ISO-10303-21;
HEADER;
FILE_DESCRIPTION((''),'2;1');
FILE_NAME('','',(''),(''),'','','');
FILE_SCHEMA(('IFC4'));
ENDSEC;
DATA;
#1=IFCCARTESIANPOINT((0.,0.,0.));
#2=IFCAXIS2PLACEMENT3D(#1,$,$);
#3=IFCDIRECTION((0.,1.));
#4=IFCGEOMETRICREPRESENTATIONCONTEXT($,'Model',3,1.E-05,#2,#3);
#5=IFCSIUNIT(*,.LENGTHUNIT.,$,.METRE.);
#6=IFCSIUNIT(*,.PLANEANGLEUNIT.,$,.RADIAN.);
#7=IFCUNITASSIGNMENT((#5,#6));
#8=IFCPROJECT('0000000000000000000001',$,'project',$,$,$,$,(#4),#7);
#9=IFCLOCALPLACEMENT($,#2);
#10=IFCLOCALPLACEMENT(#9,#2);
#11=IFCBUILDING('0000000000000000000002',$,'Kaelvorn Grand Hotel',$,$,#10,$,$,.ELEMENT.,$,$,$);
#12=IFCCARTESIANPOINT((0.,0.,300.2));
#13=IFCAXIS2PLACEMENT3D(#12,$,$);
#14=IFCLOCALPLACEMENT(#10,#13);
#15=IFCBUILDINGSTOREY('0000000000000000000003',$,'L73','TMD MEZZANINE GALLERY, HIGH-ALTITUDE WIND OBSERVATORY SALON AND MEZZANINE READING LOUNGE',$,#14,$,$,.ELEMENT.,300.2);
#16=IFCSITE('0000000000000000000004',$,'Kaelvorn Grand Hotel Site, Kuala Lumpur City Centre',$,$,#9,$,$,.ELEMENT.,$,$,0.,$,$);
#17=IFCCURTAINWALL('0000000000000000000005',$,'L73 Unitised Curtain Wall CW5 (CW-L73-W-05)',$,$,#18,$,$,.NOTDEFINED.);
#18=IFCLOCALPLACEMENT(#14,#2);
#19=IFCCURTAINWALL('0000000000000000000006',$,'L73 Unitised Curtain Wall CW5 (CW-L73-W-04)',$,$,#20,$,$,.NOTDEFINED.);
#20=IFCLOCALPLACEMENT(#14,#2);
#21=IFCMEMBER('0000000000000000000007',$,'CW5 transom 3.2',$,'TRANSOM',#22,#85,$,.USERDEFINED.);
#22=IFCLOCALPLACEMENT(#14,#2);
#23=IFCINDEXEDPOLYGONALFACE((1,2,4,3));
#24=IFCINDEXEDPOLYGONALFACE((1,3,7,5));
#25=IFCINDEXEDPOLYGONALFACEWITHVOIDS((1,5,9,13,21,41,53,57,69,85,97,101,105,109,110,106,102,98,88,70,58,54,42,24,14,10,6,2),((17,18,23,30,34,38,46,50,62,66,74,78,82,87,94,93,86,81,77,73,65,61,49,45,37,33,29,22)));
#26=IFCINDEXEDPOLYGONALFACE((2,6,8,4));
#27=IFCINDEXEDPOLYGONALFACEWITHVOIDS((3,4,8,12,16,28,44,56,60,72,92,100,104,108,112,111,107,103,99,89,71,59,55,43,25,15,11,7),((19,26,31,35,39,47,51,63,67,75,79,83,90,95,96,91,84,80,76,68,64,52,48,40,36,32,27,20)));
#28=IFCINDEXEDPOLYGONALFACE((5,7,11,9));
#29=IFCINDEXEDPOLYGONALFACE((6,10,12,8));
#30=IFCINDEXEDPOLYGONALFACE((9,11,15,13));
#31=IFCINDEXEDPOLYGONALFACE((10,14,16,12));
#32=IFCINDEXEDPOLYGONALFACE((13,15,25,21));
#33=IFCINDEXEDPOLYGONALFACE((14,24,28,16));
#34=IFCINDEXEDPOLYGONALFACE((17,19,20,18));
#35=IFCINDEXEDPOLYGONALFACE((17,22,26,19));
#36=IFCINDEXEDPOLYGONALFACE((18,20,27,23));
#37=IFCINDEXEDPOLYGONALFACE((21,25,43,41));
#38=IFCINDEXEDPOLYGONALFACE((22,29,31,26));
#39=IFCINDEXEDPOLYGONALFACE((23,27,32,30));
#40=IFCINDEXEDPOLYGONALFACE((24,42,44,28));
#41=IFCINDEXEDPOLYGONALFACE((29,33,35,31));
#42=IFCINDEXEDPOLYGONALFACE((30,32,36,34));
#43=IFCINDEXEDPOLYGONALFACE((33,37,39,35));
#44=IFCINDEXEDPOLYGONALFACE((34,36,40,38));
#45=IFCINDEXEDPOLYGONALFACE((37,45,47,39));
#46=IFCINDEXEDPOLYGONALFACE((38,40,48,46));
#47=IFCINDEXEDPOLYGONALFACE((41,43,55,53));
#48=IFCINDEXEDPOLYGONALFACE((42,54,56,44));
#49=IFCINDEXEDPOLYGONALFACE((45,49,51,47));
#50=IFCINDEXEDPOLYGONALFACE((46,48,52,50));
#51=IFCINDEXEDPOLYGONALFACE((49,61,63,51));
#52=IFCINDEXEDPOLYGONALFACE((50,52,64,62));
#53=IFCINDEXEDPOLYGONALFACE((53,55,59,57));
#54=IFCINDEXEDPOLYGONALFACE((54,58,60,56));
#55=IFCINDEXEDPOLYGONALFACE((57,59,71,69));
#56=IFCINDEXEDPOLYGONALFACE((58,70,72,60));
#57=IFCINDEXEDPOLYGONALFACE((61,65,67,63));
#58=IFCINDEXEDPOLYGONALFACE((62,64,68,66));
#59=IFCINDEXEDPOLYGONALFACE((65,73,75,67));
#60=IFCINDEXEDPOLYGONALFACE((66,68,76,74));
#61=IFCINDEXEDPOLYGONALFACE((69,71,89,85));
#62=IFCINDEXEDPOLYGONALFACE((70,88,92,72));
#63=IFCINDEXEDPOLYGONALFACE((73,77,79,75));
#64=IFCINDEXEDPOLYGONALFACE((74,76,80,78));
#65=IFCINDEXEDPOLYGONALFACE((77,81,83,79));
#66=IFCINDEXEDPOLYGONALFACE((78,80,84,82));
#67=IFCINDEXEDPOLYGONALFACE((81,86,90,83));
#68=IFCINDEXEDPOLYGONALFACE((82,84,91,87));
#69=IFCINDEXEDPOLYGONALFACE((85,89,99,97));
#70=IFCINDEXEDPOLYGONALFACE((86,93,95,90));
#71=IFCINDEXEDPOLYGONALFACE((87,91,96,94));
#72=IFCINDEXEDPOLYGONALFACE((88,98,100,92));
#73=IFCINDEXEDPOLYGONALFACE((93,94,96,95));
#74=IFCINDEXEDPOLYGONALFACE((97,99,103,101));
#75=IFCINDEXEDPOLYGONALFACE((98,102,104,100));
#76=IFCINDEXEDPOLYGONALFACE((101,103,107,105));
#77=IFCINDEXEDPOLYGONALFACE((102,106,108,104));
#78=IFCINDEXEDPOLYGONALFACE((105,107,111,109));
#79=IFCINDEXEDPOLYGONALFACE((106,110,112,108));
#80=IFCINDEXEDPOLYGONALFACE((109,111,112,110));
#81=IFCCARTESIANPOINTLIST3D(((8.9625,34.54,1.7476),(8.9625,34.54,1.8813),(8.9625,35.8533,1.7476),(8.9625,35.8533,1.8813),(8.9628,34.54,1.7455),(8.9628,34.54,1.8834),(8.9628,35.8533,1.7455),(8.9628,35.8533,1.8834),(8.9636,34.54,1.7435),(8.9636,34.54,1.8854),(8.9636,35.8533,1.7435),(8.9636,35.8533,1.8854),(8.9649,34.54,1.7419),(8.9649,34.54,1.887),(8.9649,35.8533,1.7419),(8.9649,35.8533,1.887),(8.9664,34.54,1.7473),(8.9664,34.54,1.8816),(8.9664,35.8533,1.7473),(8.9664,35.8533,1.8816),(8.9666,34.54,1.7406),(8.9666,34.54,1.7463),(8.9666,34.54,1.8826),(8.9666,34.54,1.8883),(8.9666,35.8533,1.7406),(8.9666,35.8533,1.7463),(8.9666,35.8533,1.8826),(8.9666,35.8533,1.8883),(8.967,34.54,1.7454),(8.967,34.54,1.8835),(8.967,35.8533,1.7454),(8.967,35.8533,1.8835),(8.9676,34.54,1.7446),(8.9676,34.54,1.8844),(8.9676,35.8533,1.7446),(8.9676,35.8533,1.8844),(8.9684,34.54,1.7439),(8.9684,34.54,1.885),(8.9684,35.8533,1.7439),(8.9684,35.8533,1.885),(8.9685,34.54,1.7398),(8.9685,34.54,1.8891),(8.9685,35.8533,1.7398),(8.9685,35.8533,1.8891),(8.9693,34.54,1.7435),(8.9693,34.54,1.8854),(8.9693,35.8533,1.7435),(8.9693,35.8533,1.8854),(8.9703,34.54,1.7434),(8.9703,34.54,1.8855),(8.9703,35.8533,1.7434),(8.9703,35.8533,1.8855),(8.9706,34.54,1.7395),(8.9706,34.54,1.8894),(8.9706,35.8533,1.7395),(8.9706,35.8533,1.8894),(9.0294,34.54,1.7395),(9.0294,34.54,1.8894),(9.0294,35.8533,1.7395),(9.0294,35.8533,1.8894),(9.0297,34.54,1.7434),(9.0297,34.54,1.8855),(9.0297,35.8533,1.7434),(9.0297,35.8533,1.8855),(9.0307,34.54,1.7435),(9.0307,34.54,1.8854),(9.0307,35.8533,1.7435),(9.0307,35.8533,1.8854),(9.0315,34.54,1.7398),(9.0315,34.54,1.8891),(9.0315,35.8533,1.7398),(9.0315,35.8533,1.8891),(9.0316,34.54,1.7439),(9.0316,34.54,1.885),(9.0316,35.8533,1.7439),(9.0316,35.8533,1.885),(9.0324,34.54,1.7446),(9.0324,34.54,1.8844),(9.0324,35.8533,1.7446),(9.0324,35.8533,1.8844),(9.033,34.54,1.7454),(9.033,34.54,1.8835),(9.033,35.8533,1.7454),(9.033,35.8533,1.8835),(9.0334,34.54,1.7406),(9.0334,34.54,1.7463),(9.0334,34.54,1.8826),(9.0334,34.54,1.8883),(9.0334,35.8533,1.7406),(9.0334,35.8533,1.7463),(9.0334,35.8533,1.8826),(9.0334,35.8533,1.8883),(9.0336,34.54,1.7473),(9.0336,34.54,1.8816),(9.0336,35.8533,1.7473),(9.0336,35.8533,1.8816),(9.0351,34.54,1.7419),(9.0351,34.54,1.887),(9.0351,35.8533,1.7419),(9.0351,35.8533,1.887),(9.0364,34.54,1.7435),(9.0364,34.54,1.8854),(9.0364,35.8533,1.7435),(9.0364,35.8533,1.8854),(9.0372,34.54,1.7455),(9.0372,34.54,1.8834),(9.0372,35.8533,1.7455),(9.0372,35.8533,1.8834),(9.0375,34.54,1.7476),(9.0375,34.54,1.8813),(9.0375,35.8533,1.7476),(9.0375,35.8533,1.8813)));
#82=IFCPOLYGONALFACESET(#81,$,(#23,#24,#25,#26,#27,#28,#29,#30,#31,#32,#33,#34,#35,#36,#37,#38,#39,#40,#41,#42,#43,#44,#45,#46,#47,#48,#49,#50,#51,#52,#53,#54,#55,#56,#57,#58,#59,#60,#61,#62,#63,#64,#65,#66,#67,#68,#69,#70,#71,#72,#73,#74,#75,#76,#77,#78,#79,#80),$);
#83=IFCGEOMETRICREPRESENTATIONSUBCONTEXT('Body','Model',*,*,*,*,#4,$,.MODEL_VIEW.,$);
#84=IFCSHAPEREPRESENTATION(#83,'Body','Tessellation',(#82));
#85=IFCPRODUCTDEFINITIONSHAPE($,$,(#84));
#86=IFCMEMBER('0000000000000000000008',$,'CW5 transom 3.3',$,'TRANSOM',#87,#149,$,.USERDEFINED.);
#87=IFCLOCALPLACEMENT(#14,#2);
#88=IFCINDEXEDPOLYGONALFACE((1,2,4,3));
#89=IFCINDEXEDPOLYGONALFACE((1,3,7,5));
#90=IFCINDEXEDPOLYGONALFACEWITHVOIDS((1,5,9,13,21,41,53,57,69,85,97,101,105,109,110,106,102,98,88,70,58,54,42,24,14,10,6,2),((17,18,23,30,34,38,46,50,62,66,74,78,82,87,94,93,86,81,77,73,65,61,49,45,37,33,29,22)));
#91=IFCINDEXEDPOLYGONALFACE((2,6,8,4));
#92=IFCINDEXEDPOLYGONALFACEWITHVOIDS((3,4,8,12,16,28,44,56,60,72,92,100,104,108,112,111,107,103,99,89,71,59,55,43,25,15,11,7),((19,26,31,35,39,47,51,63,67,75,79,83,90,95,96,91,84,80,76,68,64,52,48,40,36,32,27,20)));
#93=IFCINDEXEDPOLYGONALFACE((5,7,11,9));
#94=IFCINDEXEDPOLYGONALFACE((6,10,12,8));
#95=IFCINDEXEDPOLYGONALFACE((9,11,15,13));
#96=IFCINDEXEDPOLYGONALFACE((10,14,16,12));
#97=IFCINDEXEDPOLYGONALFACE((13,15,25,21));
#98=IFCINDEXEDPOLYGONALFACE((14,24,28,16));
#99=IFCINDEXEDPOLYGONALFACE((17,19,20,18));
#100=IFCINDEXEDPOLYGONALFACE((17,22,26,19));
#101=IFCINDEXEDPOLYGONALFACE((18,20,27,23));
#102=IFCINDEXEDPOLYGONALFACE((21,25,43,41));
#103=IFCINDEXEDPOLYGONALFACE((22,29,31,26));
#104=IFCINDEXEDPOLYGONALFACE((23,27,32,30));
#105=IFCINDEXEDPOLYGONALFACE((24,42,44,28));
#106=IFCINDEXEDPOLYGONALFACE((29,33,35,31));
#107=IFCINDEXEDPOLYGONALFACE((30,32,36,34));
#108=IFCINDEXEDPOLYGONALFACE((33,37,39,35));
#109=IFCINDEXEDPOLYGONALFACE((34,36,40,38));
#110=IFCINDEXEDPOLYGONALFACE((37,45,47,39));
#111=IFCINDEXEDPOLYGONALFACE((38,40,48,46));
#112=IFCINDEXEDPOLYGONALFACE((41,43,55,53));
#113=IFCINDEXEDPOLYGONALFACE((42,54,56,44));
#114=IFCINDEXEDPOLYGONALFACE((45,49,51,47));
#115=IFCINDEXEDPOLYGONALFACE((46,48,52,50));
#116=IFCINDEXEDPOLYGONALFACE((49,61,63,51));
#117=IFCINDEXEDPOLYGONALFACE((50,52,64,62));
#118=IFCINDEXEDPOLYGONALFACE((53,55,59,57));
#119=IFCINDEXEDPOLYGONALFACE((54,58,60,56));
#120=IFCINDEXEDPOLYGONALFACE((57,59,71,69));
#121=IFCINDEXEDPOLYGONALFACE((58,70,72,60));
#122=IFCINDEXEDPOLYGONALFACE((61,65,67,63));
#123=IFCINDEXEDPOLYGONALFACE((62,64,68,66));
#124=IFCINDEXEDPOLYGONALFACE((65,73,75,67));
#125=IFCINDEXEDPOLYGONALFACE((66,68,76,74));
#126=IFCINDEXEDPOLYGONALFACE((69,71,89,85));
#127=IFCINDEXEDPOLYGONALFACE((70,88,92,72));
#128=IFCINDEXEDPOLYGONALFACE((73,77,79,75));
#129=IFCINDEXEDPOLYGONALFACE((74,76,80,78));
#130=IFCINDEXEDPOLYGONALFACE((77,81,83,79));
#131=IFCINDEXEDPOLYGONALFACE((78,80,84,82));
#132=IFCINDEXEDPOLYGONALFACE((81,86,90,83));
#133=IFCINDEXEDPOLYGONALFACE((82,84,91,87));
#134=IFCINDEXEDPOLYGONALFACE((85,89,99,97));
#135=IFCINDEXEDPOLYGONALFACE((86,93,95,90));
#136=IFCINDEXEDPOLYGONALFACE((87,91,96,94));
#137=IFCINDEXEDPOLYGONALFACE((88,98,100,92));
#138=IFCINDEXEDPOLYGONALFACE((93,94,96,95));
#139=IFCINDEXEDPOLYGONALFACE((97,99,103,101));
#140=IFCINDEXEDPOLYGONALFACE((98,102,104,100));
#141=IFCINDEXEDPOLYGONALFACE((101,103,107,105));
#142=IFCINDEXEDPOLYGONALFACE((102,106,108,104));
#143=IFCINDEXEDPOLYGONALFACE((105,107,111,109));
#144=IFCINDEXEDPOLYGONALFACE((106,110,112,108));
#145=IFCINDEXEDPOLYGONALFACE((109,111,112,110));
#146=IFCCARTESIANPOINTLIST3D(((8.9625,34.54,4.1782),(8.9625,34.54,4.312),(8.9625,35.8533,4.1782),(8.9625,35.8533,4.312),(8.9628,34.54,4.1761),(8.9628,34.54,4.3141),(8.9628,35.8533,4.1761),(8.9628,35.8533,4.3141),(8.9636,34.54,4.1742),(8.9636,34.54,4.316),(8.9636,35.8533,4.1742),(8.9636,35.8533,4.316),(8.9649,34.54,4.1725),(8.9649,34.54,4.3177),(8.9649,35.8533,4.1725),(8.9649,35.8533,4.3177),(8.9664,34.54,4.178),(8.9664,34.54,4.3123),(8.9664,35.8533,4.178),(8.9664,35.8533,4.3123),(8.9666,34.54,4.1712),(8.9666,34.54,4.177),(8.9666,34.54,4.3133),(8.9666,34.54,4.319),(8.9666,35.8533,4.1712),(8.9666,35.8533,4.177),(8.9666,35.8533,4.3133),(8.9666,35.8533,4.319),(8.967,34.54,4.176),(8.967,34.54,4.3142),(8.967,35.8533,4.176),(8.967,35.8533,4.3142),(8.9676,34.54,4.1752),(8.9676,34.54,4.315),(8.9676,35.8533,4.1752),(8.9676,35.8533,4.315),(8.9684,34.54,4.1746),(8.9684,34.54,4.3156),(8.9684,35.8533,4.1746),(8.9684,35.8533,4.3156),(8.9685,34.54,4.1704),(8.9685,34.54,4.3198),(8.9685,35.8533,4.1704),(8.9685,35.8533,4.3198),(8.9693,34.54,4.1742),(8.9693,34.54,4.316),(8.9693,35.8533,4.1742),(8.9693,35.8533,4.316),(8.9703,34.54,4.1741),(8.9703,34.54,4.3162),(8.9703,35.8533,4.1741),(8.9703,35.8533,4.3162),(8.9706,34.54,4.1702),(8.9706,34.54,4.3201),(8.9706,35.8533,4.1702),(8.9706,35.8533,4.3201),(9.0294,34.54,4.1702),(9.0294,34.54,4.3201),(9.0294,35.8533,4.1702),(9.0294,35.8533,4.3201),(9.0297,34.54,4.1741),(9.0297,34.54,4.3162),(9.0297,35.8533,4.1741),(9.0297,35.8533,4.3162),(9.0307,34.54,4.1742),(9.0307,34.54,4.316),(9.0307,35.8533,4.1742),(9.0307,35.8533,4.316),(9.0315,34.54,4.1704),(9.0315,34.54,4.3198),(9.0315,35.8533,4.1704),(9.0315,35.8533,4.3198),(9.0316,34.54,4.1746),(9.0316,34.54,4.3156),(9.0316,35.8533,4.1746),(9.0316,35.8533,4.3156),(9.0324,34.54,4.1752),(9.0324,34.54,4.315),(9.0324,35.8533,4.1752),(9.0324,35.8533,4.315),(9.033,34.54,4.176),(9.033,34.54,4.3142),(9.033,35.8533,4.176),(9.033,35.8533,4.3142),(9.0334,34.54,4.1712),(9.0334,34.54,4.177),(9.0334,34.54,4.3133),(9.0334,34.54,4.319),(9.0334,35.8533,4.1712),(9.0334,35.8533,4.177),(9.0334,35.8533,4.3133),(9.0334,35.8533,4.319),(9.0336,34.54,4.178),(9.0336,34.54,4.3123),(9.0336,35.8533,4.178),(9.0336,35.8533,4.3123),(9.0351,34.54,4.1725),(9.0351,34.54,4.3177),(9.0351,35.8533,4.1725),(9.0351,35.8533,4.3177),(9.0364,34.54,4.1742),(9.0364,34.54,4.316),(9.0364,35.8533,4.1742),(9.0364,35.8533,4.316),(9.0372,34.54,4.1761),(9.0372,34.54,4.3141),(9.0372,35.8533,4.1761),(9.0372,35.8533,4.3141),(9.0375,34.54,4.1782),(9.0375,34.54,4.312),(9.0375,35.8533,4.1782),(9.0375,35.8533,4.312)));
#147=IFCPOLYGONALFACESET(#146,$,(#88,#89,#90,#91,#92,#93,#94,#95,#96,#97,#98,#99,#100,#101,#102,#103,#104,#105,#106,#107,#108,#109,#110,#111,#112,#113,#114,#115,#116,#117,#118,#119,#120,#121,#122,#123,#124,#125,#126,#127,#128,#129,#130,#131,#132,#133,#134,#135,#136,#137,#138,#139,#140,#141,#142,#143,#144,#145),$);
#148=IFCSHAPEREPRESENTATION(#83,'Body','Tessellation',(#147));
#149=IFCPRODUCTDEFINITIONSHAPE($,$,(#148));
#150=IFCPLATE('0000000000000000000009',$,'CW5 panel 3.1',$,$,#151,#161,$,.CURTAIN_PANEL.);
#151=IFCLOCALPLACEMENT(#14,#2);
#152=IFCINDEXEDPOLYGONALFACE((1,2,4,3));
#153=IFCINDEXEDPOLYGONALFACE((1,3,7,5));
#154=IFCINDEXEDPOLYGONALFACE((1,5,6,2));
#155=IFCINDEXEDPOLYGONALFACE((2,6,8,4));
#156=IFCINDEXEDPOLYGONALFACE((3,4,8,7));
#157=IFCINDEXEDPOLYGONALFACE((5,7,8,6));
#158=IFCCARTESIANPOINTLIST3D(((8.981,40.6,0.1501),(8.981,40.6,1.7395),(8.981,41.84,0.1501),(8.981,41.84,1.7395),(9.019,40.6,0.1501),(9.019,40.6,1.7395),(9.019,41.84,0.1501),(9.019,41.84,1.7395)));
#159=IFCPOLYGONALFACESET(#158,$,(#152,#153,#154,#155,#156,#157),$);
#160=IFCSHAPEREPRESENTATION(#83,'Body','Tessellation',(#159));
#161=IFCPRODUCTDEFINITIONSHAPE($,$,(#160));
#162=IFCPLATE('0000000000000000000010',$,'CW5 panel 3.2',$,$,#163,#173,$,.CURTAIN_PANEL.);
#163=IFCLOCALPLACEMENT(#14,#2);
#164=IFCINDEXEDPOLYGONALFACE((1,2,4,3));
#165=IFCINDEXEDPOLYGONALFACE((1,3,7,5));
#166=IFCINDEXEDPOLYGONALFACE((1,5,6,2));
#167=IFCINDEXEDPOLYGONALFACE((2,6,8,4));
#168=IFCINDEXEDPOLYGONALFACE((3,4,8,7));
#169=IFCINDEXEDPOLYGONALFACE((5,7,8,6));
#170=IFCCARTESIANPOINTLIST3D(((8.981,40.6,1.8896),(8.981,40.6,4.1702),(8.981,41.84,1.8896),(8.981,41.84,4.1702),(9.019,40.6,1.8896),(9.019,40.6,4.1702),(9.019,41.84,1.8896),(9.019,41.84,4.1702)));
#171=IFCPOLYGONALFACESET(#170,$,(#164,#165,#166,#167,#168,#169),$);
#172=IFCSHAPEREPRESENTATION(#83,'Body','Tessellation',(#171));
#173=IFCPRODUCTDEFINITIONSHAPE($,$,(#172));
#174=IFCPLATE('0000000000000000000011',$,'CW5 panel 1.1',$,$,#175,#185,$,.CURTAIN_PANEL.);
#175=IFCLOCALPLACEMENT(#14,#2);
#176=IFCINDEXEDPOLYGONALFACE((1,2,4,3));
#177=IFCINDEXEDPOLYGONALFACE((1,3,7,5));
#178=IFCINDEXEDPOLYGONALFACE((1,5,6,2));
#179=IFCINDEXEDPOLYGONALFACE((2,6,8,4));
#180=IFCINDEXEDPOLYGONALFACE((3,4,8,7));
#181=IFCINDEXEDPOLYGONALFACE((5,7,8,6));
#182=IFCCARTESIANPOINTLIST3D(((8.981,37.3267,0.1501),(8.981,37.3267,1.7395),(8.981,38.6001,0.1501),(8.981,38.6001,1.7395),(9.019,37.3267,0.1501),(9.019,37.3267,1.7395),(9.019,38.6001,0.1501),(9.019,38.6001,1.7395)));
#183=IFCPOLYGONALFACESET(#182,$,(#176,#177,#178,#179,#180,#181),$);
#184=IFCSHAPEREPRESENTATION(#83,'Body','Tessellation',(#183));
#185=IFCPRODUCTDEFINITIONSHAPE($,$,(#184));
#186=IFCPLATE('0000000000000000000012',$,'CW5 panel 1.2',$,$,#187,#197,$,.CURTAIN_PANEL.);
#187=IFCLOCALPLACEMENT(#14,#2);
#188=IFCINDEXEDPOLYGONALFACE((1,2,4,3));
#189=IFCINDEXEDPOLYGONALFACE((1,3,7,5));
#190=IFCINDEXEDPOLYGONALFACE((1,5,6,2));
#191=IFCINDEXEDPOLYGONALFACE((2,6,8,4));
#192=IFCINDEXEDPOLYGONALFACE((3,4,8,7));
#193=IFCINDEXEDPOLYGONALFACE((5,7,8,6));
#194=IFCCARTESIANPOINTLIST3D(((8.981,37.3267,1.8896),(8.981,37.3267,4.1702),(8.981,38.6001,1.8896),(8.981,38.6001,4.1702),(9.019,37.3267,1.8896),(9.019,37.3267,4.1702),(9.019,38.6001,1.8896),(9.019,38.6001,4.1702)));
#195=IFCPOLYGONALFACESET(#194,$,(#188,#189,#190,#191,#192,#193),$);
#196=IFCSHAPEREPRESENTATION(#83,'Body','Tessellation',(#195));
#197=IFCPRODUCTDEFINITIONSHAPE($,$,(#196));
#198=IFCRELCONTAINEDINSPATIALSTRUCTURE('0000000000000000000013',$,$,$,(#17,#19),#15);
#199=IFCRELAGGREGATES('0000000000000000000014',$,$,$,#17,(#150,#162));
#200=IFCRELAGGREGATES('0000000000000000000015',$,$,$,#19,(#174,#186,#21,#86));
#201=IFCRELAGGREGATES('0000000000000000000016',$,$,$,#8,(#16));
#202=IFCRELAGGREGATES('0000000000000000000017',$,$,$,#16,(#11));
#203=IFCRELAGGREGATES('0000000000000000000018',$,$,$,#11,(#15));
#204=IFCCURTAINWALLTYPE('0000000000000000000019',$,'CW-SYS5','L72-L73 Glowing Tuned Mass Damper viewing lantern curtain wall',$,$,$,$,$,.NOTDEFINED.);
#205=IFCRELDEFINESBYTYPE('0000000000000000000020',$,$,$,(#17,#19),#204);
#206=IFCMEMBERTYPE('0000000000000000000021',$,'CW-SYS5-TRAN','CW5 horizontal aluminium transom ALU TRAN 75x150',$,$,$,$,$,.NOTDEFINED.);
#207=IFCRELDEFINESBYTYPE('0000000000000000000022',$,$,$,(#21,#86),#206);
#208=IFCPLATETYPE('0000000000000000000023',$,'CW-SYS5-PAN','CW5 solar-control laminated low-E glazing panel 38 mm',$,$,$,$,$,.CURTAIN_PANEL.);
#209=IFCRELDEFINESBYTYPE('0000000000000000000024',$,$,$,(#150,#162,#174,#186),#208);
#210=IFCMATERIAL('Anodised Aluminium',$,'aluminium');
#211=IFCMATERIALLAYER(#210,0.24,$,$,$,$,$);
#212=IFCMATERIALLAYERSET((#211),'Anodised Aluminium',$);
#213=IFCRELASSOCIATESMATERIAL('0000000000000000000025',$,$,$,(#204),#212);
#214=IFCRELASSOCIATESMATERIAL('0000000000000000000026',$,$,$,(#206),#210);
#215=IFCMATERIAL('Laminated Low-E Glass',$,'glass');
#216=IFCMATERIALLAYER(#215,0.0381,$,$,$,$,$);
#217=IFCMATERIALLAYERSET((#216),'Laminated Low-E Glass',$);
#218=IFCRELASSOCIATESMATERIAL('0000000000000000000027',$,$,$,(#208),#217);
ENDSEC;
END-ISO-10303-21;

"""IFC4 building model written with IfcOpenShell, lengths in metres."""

from ifc_helpers import new_model, si_unit, direction, frame, origin, origin_2d, place, context, subcontext, project, spatial, rectangle, hollow_rectangle, extrude, material, layer, layer_set, material_profile, profile_set, type_object, element, aggregate, save


model = new_model("IFC4")

# Units and contexts
model_context = context("Model", 3, precision=1e-05, world=origin(), true_north=direction((0.0, 1.0)))
body_context = subcontext(model_context, "Body", "Model", "MODEL_VIEW")
ifc_project = project(units=[si_unit("LENGTHUNIT", "METRE"), si_unit("PLANEANGLEUNIT", "RADIAN")], contexts=[model_context])

# Site, building, storey
site_placement = place(None, origin())
site = spatial("IfcSite", under=ifc_project, at=site_placement, Name="Kaelvorn Grand Hotel Site, Kuala Lumpur City Centre", CompositionType="ELEMENT", RefElevation=0.0)
building_placement = place(site_placement, origin())
building = spatial("IfcBuilding", under=site, at=building_placement, Name="Kaelvorn Grand Hotel", CompositionType="ELEMENT")
storey_placement = place(building_placement, frame((0.0, 0.0, 300.2)))
storey = spatial("IfcBuildingStorey", under=building, at=storey_placement, Name="L73", Description="TMD MEZZANINE GALLERY, HIGH-ALTITUDE WIND OBSERVATORY SALON AND MEZZANINE READING LOUNGE", CompositionType="ELEMENT", Elevation=300.2)

# Curtain wall
ifc_material_1 = material(Name="Anodised Aluminium", Category="aluminium")
ifc_layer_1 = layer(ifc_material_1, 0.24)
ifc_layer_set_1 = layer_set([ifc_layer_1], Name="Anodised Aluminium")
curtain_wall_type = type_object("IfcCurtainWallType", Name="CW-SYS5", Description="L72-L73 Glowing Tuned Mass Damper viewing lantern curtain wall", PredefinedType="NOTDEFINED", material=ifc_layer_set_1)
curtain_wall_1_placement = place(storey_placement, origin())
curtain_wall_1 = element("IfcCurtainWall", 1, at=curtain_wall_1_placement, inside=storey, type_object=curtain_wall_type, Name="L73 Unitised Curtain Wall CW5 (CW-L73-W-05)", PredefinedType="NOTDEFINED")

# Curtain wall
curtain_wall_2_placement = place(storey_placement, origin())
curtain_wall_2 = element("IfcCurtainWall", 2, at=curtain_wall_2_placement, inside=storey, type_object=curtain_wall_type, Name="L73 Unitised Curtain Wall CW5 (CW-L73-W-04)", PredefinedType="NOTDEFINED")

# Members
ifc_material_profile_1 = material_profile(ifc_material_1, hollow_rectangle(XDim=0.075, YDim=0.1499, WallThickness=0.0039, InnerFilletRadius=0.0039, OuterFilletRadius=0.0081, at=origin_2d()), Name="ALU TRAN 75x150")
ifc_profile_set_1 = profile_set([ifc_material_profile_1], Name="Anodised Aluminium")
member_type_1 = type_object("IfcMemberType", Name="CW-SYS5-TRAN", Description="CW5 horizontal aluminium transom ALU TRAN 75x150", PredefinedType="NOTDEFINED", material=ifc_profile_set_1)
member_1_placement = place(storey_placement, frame((9.0, 35.8533, 1.8145), z_axis=(0.0, -1.0, 0.0), x_axis=(1.0, 0.0, 0.0)))
member_1 = element("IfcMember", 3, at=member_1_placement, type_object=member_type_1, Name="CW5 transom 3.2", ObjectType="TRANSOM", PredefinedType="USERDEFINED", context=body_context, shape_type="SweptSolid", body=[
    extrude(hollow_rectangle(XDim=0.075, YDim=0.1499, WallThickness=0.0039, InnerFilletRadius=0.0039, OuterFilletRadius=0.0081, at=origin_2d()), origin(), (0.0, 0.0, 1.0), 1.3132),
])
member_2_placement = place(storey_placement, frame((9.0, 35.8533, 4.2451), z_axis=(0.0, -1.0, 0.0), x_axis=(1.0, 0.0, 0.0)))
member_2 = element("IfcMember", 4, at=member_2_placement, type_object=member_type_1, Name="CW5 transom 3.3", ObjectType="TRANSOM", PredefinedType="USERDEFINED", context=body_context, shape_type="SweptSolid", body=[
    extrude(hollow_rectangle(XDim=0.075, YDim=0.1499, WallThickness=0.0039, InnerFilletRadius=0.0039, OuterFilletRadius=0.0081, at=origin_2d()), origin(), (0.0, 0.0, 1.0), 1.3132),
])

# Plates
ifc_material_2 = material(Name="Laminated Low-E Glass", Category="glass")
ifc_layer_2 = layer(ifc_material_2, 0.0381)
ifc_layer_set_2 = layer_set([ifc_layer_2], Name="Laminated Low-E Glass")
plate_type = type_object("IfcPlateType", Name="CW-SYS5-PAN", Description="CW5 solar-control laminated low-E glazing panel 38 mm", PredefinedType="CURTAIN_PANEL", material=ifc_layer_set_2)
plate_1_placement = place(storey_placement, frame((9.0, 41.22, 0.1501), z_axis=(0.0, 0.0, 1.0), x_axis=(0.0, -1.0, 0.0)))
plate_1 = element("IfcPlate", 5, at=plate_1_placement, type_object=plate_type, Name="CW5 panel 3.1", PredefinedType="CURTAIN_PANEL", context=body_context, shape_type="SweptSolid", body=[
    extrude(rectangle(XDim=1.24, YDim=0.0381, at=origin_2d()), origin(), (0.0, 0.0, 1.0), 1.5894),
])
plate_2_placement = place(storey_placement, frame((9.0, 41.22, 1.8896), z_axis=(0.0, 0.0, 1.0), x_axis=(0.0, -1.0, 0.0)))
plate_2 = element("IfcPlate", 6, at=plate_2_placement, type_object=plate_type, Name="CW5 panel 3.2", PredefinedType="CURTAIN_PANEL", context=body_context, shape_type="SweptSolid", body=[
    extrude(rectangle(XDim=1.24, YDim=0.0381, at=origin_2d()), origin(), (0.0, 0.0, 1.0), 2.2805),
])
aggregate(curtain_wall_1, [plate_1, plate_2])
plate_3_placement = place(storey_placement, frame((9.0, 37.9634, 0.1501), z_axis=(0.0, 0.0, 1.0), x_axis=(0.0, -1.0, 0.0)))
plate_3 = element("IfcPlate", 7, at=plate_3_placement, type_object=plate_type, Name="CW5 panel 1.1", PredefinedType="CURTAIN_PANEL", context=body_context, shape_type="SweptSolid", body=[
    extrude(rectangle(XDim=1.2734, YDim=0.0381, at=origin_2d()), origin(), (0.0, 0.0, 1.0), 1.5894),
])
plate_4_placement = place(storey_placement, frame((9.0, 37.9634, 1.8896), z_axis=(0.0, 0.0, 1.0), x_axis=(0.0, -1.0, 0.0)))
plate_4 = element("IfcPlate", 8, at=plate_4_placement, type_object=plate_type, Name="CW5 panel 1.2", PredefinedType="CURTAIN_PANEL", context=body_context, shape_type="SweptSolid", body=[
    extrude(rectangle(XDim=1.2734, YDim=0.0381, at=origin_2d()), origin(), (0.0, 0.0, 1.0), 2.2805),
])
aggregate(curtain_wall_2, [plate_3, plate_4, member_1, member_2])

save(model, "model.ifc")
